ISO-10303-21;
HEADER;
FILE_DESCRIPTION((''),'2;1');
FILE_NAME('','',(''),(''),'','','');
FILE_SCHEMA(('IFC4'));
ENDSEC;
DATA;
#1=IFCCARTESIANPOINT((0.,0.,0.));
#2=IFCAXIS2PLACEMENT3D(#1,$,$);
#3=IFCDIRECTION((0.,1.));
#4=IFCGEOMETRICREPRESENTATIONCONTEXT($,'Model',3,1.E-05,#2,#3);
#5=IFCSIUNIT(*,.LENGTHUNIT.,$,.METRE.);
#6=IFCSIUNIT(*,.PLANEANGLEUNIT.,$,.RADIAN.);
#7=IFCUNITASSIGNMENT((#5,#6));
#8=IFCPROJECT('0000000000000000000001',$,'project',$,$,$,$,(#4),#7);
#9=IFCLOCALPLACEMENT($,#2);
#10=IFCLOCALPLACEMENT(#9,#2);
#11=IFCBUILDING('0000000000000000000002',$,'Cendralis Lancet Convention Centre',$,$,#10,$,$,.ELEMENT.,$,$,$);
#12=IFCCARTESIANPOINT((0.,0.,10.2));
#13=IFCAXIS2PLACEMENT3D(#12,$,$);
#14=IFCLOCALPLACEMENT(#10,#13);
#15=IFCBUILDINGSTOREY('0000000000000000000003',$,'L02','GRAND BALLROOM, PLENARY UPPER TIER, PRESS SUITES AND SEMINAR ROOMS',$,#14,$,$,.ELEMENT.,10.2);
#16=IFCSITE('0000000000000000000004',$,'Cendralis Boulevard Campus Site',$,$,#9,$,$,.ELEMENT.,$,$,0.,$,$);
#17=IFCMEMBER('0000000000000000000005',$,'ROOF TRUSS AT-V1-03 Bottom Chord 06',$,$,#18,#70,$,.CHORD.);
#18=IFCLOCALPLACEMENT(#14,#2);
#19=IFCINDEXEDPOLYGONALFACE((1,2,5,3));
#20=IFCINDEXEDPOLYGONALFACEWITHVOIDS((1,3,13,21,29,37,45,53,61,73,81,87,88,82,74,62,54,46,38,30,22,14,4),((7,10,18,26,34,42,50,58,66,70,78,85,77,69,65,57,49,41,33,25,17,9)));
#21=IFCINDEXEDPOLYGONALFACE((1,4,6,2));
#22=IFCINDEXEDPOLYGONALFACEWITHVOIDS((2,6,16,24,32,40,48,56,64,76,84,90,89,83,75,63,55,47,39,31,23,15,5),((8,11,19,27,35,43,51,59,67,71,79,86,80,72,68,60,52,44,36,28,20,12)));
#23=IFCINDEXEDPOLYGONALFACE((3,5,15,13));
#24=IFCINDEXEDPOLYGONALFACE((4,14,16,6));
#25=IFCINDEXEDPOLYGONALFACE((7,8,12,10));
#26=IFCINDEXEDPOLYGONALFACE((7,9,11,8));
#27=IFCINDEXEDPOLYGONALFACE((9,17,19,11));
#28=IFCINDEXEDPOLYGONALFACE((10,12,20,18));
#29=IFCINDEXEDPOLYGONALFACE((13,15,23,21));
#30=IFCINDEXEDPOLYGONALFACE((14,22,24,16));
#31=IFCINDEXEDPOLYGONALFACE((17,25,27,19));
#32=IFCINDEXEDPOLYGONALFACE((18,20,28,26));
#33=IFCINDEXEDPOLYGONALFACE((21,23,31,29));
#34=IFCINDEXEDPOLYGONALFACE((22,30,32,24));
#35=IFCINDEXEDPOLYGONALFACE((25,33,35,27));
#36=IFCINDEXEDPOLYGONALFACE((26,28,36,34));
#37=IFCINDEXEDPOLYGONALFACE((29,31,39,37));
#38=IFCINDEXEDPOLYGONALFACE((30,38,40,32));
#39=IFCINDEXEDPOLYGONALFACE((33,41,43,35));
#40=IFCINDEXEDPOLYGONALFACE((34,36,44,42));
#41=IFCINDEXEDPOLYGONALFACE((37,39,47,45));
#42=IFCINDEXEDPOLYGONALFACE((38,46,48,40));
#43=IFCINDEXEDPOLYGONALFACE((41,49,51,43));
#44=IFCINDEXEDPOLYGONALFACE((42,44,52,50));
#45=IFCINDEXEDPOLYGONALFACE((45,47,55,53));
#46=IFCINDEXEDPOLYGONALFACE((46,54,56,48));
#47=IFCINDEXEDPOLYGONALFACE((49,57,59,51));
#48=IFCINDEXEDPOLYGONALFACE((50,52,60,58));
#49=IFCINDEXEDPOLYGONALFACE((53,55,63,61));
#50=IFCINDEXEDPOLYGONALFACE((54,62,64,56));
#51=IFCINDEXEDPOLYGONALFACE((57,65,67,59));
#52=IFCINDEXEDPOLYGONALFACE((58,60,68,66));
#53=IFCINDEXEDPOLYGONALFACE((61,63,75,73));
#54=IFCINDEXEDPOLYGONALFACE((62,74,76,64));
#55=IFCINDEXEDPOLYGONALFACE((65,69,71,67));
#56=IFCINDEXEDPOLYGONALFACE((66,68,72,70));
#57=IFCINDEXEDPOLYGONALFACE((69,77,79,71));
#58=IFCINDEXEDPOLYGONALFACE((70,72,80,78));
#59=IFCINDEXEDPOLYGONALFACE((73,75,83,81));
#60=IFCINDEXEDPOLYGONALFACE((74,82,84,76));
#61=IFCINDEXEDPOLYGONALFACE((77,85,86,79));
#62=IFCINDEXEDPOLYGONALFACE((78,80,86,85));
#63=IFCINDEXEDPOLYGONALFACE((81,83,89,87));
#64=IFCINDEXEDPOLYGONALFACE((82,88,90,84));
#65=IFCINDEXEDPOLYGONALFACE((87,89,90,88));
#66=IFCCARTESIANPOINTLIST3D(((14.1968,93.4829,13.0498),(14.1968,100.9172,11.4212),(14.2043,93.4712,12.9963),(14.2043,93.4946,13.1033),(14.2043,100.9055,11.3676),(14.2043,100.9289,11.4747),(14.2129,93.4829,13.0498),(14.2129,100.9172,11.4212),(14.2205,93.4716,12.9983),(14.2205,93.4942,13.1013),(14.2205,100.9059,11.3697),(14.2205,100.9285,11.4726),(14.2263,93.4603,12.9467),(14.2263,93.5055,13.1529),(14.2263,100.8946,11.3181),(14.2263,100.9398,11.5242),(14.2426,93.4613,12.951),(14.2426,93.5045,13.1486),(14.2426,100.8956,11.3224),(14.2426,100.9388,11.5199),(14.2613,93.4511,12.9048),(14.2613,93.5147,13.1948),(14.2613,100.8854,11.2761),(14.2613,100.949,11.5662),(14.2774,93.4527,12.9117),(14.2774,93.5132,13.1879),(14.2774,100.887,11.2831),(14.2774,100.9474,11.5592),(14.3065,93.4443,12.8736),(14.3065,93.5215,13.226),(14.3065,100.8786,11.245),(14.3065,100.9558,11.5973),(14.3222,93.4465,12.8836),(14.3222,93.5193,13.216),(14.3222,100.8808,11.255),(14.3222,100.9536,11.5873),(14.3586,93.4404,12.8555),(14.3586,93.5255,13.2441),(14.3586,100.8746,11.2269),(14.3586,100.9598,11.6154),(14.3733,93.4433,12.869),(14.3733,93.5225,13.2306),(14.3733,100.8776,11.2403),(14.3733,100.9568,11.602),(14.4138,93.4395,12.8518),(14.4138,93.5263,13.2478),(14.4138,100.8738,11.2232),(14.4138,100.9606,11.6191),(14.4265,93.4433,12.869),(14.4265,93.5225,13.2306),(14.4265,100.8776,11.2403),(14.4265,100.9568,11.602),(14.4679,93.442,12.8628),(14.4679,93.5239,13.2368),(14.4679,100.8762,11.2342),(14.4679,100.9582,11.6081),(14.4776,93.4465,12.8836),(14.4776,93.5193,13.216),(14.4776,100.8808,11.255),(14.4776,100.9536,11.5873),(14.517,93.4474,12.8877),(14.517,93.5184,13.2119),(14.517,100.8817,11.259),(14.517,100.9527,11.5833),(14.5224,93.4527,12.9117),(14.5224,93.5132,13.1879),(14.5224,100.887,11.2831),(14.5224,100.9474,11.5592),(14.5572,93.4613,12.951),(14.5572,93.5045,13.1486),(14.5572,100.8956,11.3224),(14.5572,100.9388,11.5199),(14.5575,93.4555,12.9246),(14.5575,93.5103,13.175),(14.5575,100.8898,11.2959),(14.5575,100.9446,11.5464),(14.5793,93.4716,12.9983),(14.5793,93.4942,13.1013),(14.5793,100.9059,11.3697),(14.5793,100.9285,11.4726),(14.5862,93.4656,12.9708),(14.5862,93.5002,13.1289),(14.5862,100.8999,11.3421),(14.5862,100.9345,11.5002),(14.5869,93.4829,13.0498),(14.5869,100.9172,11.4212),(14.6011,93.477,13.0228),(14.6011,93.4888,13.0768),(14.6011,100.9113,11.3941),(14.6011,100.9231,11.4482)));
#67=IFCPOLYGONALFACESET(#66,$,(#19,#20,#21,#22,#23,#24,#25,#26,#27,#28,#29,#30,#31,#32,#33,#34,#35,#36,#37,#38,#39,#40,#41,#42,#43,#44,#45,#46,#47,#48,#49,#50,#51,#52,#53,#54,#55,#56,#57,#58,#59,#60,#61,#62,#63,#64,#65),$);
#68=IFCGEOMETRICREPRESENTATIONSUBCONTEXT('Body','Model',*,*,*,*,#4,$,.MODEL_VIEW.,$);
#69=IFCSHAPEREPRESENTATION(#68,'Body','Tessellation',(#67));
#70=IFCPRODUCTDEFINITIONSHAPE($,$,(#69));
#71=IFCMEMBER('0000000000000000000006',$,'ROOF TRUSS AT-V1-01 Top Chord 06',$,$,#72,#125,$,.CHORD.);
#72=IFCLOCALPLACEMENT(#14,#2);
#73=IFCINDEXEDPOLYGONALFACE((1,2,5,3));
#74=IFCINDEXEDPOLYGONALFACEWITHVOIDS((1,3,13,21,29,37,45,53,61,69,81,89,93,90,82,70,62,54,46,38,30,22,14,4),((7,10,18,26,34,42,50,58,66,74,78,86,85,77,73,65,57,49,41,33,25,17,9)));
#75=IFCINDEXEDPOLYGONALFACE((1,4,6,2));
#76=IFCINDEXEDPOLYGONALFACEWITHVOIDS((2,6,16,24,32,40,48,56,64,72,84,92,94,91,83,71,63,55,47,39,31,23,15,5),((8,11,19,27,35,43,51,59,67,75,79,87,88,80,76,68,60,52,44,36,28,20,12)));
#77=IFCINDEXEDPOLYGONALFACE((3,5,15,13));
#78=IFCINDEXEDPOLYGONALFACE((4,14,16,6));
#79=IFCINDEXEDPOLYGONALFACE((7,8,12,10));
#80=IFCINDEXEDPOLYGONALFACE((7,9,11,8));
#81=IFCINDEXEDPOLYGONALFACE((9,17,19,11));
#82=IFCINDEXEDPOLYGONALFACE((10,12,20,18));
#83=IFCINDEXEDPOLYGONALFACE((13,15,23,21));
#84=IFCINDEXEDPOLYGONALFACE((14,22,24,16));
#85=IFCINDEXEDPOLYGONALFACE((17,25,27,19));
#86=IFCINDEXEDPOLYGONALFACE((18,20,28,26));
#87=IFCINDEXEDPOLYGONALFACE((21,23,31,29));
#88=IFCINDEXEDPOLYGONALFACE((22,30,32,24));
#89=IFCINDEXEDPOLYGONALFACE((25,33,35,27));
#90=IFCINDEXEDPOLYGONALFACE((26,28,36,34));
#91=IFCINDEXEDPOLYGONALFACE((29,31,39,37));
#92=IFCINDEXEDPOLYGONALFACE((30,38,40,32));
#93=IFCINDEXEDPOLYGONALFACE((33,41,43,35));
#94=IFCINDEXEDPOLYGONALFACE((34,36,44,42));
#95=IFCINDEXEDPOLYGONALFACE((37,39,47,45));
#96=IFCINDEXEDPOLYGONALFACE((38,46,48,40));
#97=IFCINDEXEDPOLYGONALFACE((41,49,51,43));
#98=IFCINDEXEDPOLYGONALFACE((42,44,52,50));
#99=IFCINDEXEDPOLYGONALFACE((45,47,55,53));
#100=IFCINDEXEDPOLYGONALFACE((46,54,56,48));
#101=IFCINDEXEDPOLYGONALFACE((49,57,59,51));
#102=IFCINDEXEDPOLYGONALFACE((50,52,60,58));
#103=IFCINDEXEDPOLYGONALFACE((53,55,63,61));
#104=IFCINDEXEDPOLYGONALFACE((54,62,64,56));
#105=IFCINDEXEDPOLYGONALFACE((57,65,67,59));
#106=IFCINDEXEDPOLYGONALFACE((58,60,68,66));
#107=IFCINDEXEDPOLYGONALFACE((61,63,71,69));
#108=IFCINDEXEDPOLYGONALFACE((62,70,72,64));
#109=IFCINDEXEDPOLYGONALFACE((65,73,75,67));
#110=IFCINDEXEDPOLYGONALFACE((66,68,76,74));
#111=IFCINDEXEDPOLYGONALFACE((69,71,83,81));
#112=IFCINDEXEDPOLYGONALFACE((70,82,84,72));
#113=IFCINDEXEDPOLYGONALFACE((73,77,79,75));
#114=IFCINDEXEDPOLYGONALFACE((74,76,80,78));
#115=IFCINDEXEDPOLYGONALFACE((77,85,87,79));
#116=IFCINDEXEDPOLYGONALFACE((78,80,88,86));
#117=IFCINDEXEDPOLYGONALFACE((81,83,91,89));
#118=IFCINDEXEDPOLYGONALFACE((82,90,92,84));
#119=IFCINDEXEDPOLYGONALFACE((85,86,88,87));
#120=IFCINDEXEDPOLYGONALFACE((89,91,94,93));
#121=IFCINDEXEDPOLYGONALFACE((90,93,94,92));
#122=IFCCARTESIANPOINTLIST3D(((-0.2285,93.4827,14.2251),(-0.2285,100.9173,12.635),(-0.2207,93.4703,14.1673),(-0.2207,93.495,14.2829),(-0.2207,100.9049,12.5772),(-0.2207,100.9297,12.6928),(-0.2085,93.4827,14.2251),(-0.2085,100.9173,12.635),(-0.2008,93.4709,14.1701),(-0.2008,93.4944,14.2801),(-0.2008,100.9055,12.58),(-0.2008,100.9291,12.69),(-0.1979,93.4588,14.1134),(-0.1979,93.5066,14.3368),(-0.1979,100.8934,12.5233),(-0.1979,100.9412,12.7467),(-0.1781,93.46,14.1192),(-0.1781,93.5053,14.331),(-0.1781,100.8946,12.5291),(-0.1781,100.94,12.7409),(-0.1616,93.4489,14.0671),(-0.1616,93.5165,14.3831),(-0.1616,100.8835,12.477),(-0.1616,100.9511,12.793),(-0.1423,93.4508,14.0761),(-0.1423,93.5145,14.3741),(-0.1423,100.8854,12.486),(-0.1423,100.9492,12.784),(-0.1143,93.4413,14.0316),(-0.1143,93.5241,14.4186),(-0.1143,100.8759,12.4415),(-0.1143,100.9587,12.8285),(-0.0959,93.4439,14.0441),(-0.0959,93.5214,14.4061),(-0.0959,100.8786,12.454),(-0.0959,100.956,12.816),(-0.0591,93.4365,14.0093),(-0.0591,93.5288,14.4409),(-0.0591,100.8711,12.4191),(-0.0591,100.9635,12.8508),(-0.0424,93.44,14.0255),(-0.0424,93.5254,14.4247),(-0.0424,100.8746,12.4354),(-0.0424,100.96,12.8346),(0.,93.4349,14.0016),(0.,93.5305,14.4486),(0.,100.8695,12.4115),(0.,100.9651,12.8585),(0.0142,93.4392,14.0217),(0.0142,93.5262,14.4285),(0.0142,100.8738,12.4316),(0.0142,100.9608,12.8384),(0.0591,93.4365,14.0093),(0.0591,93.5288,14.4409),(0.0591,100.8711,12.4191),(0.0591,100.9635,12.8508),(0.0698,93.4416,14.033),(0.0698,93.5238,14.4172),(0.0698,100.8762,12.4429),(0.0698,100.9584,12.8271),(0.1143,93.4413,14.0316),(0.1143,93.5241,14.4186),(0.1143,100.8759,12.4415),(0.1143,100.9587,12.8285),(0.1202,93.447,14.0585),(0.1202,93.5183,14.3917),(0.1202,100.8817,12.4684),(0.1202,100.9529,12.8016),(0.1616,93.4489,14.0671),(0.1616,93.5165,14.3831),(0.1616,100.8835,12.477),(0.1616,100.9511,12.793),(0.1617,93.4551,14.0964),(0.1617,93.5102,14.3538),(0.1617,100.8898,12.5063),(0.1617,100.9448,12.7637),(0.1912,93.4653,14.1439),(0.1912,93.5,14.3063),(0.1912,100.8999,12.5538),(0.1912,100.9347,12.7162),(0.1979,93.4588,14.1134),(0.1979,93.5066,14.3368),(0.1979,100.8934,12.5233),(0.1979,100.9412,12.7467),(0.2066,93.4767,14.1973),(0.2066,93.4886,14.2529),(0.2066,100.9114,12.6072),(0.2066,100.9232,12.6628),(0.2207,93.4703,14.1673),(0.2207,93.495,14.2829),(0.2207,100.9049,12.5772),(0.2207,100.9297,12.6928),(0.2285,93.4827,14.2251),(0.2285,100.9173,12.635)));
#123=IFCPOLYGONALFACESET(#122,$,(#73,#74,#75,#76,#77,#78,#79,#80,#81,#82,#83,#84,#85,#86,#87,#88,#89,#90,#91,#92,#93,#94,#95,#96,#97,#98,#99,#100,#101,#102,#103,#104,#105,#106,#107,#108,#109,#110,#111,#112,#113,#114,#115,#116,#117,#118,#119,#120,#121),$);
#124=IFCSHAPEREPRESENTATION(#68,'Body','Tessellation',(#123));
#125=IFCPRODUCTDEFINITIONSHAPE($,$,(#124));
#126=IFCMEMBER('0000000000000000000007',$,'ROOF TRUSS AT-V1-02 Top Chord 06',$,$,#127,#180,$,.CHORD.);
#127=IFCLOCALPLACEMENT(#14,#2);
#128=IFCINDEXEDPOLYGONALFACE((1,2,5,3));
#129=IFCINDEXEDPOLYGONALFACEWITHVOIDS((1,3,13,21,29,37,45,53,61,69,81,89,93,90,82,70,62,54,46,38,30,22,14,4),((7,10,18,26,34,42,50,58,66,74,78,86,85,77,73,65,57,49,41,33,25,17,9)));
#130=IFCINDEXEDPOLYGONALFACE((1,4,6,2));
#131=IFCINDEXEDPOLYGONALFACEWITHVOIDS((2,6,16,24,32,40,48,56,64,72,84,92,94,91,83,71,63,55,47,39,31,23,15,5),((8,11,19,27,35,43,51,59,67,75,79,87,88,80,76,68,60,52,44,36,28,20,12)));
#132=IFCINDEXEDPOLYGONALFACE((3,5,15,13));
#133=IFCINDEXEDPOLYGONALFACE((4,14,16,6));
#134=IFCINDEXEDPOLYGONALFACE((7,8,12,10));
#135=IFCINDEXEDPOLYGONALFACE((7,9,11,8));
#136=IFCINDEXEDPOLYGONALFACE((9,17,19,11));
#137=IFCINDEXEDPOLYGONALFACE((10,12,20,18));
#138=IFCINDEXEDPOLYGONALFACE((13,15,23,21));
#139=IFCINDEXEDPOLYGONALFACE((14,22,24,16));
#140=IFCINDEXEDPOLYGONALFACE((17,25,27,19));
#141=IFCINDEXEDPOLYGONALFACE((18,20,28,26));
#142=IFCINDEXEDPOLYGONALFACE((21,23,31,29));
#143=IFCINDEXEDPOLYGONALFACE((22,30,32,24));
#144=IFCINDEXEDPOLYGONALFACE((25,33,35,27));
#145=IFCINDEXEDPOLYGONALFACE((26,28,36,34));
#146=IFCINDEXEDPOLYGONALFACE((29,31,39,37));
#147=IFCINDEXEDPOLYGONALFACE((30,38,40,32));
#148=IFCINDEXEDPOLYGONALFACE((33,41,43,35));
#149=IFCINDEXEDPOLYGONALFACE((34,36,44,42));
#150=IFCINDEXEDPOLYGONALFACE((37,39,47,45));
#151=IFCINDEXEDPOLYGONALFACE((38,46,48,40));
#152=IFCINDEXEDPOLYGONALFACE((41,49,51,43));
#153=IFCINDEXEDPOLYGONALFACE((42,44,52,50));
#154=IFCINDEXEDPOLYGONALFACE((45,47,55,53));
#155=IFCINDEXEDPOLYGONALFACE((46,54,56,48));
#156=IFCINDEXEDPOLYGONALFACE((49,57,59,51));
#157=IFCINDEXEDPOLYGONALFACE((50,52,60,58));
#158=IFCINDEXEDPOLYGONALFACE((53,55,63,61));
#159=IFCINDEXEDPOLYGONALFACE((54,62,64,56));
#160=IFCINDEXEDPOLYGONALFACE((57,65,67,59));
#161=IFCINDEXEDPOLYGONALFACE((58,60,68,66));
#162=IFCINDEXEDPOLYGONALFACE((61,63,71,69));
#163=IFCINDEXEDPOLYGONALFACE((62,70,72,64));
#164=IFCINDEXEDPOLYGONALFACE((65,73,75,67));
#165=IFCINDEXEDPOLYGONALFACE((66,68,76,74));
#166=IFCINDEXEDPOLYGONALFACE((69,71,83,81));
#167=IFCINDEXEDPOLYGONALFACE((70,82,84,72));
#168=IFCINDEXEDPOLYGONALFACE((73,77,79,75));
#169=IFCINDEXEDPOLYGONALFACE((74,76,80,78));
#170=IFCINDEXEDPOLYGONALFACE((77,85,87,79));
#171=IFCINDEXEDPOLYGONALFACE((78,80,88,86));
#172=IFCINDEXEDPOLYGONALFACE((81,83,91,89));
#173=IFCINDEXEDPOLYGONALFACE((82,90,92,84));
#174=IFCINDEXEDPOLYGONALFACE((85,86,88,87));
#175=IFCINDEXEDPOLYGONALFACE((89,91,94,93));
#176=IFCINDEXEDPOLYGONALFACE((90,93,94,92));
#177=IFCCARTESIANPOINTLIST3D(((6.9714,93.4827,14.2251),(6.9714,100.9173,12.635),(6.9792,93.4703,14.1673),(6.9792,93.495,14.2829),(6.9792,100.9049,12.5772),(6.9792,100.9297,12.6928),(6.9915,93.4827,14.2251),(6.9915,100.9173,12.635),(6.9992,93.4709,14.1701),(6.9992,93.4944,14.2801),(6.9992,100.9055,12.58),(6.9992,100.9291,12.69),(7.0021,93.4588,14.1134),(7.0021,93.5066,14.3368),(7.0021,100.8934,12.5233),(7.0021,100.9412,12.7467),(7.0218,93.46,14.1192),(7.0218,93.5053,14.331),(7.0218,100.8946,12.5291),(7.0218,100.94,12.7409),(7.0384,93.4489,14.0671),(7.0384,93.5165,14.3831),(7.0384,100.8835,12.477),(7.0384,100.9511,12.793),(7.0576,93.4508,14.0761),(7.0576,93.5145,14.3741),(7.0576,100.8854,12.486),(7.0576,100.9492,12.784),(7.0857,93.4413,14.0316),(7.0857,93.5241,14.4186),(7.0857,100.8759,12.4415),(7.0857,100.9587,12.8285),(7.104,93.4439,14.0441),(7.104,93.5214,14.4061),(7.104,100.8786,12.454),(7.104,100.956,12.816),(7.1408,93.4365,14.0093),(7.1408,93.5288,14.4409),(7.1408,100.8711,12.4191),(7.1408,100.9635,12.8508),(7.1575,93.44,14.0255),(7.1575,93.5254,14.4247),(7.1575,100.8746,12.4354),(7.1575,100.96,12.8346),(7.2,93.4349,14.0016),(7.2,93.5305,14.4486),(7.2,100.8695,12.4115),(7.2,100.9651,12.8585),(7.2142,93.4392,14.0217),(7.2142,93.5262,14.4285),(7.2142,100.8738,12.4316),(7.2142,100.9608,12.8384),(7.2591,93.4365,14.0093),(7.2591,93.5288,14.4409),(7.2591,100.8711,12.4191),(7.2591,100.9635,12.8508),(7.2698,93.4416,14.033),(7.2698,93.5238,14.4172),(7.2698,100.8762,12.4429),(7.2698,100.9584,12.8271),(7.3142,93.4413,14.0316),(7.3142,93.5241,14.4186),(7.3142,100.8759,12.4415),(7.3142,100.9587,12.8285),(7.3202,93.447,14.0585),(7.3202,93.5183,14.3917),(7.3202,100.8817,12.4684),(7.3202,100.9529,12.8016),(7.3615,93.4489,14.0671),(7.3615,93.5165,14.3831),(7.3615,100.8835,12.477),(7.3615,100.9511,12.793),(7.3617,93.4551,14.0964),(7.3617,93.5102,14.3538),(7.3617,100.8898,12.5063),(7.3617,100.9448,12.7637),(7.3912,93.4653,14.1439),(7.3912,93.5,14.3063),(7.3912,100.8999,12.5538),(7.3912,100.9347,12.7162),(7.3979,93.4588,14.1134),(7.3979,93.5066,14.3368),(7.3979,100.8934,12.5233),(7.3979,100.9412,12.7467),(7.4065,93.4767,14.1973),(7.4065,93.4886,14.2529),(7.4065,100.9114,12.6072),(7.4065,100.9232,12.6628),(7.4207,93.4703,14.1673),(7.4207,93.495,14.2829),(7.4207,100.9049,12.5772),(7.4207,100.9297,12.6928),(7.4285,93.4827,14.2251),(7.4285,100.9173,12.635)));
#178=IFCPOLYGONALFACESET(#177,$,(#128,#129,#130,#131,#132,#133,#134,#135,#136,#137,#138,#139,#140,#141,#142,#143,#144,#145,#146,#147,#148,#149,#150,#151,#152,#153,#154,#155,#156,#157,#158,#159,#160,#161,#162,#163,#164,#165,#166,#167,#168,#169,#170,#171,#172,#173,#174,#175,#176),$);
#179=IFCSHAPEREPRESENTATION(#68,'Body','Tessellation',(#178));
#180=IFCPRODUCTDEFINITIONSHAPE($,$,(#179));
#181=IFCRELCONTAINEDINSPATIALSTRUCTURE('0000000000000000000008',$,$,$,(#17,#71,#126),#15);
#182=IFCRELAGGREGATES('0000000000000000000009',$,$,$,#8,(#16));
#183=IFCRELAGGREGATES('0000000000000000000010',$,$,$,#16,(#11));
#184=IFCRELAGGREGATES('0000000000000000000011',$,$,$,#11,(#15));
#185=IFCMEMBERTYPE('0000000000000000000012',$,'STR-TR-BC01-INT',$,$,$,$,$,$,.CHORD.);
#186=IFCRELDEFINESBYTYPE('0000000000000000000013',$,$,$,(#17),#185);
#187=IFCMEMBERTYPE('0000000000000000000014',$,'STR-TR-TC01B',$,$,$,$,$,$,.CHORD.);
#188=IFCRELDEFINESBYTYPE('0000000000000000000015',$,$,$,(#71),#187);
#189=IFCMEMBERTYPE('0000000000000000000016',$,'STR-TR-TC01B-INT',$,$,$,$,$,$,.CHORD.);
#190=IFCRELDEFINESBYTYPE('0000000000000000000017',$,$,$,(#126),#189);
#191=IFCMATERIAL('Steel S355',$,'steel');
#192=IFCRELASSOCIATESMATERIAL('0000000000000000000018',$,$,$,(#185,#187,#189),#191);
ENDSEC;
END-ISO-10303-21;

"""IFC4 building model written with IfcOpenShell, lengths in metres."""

from ifc_helpers import new_model, si_unit, direction, frame, origin, origin_2d, place, context, subcontext, project, spatial, hollow_circle, extrude, material, material_profile, profile_set, type_object, element, save


model = new_model("IFC4")

# Units and contexts
model_context = context("Model", 3, precision=1e-05, world=origin(), true_north=direction((0.0, 1.0)))
body_context = subcontext(model_context, "Body", "Model", "MODEL_VIEW")
ifc_project = project(units=[si_unit("LENGTHUNIT", "METRE"), si_unit("PLANEANGLEUNIT", "RADIAN")], contexts=[model_context])

# Site, building, storey
site_placement = place(None, origin())
site = spatial("IfcSite", under=ifc_project, at=site_placement, Name="Cendralis Boulevard Campus Site", CompositionType="ELEMENT", RefElevation=0.0)
building_placement = place(site_placement, origin())
building = spatial("IfcBuilding", under=site, at=building_placement, Name="Cendralis Lancet Convention Centre", CompositionType="ELEMENT")
storey_placement = place(building_placement, frame((0.0, 0.0, 10.2)))
storey = spatial("IfcBuildingStorey", under=building, at=storey_placement, Name="L02", Description="GRAND BALLROOM, PLENARY UPPER TIER, PRESS SUITES AND SEMINAR ROOMS", CompositionType="ELEMENT", Elevation=10.2)

# Members
ifc_material = material(Name="Steel S355", Category="steel")
ifc_material_profile_1 = material_profile(ifc_material, hollow_circle(Radius=0.2031, WallThickness=0.0161, at=origin_2d()), Name="CHS 406.4x16.0")
ifc_profile_set_1 = profile_set([ifc_material_profile_1], Name="Steel S355")
member_type_1 = type_object("IfcMemberType", Name="STR-TR-BC01-INT", PredefinedType="CHORD", material=ifc_profile_set_1)
for number, where, z_axis, x_axis, name in (
    (1, (14.3999, 93.4829, 13.0498), (0.0, 0.976834, -0.213998), (-1.0, 0.0, 0.0), "ROOF TRUSS AT-V1-03 Bottom Chord 06"),
):
    element("IfcMember", number, at=place(storey_placement, frame(where, z_axis=z_axis, x_axis=x_axis)), inside=storey, type_object=member_type_1, Name=name, PredefinedType="CHORD", context=body_context, shape_type="SweptSolid", body=[
        extrude(hollow_circle(Radius=0.2031, WallThickness=0.0161, at=origin_2d()), origin(), (0.0, 0.0, 1.0), 7.6106),
    ])
ifc_material_profile_2 = material_profile(ifc_material, hollow_circle(Radius=0.2285, WallThickness=0.02, at=origin_2d()), Name="CHS 457.0x20.0")
ifc_profile_set_2 = profile_set([ifc_material_profile_2], Name="Steel S355")
member_type_2 = type_object("IfcMemberType", Name="STR-TR-TC01B", PredefinedType="CHORD", material=ifc_profile_set_2)
member_1_placement = place(storey_placement, frame((0.0, 93.4827, 14.2251), z_axis=(0.0, 0.977884, -0.209147), x_axis=(-1.0, 0.0, 0.0)))
element("IfcMember", 2, at=member_1_placement, inside=storey, type_object=member_type_2, Name="ROOF TRUSS AT-V1-01 Top Chord 06", PredefinedType="CHORD", context=body_context, shape_type="SweptSolid", body=[
    extrude(hollow_circle(Radius=0.2285, WallThickness=0.02, at=origin_2d()), origin(), (0.0, 0.0, 1.0), 7.6028),
])
ifc_material_profile_3 = material_profile(ifc_material, hollow_circle(Radius=0.2285, WallThickness=0.02, at=origin_2d()), Name="CHS 457.0x20.0")
ifc_profile_set_3 = profile_set([ifc_material_profile_3], Name="Steel S355")
member_type_3 = type_object("IfcMemberType", Name="STR-TR-TC01B-INT", PredefinedType="CHORD", material=ifc_profile_set_3)
for number, where, z_axis, x_axis, name in (
    (3, (7.2, 93.4827, 14.2251), (0.0, 0.977884, -0.209147), (-1.0, 0.0, 0.0), "ROOF TRUSS AT-V1-02 Top Chord 06"),
):
    element("IfcMember", number, at=place(storey_placement, frame(where, z_axis=z_axis, x_axis=x_axis)), inside=storey, type_object=member_type_3, Name=name, PredefinedType="CHORD", context=body_context, shape_type="SweptSolid", body=[
        extrude(hollow_circle(Radius=0.2285, WallThickness=0.02, at=origin_2d()), origin(), (0.0, 0.0, 1.0), 7.6028),
    ])

save(model, "model.ifc")
